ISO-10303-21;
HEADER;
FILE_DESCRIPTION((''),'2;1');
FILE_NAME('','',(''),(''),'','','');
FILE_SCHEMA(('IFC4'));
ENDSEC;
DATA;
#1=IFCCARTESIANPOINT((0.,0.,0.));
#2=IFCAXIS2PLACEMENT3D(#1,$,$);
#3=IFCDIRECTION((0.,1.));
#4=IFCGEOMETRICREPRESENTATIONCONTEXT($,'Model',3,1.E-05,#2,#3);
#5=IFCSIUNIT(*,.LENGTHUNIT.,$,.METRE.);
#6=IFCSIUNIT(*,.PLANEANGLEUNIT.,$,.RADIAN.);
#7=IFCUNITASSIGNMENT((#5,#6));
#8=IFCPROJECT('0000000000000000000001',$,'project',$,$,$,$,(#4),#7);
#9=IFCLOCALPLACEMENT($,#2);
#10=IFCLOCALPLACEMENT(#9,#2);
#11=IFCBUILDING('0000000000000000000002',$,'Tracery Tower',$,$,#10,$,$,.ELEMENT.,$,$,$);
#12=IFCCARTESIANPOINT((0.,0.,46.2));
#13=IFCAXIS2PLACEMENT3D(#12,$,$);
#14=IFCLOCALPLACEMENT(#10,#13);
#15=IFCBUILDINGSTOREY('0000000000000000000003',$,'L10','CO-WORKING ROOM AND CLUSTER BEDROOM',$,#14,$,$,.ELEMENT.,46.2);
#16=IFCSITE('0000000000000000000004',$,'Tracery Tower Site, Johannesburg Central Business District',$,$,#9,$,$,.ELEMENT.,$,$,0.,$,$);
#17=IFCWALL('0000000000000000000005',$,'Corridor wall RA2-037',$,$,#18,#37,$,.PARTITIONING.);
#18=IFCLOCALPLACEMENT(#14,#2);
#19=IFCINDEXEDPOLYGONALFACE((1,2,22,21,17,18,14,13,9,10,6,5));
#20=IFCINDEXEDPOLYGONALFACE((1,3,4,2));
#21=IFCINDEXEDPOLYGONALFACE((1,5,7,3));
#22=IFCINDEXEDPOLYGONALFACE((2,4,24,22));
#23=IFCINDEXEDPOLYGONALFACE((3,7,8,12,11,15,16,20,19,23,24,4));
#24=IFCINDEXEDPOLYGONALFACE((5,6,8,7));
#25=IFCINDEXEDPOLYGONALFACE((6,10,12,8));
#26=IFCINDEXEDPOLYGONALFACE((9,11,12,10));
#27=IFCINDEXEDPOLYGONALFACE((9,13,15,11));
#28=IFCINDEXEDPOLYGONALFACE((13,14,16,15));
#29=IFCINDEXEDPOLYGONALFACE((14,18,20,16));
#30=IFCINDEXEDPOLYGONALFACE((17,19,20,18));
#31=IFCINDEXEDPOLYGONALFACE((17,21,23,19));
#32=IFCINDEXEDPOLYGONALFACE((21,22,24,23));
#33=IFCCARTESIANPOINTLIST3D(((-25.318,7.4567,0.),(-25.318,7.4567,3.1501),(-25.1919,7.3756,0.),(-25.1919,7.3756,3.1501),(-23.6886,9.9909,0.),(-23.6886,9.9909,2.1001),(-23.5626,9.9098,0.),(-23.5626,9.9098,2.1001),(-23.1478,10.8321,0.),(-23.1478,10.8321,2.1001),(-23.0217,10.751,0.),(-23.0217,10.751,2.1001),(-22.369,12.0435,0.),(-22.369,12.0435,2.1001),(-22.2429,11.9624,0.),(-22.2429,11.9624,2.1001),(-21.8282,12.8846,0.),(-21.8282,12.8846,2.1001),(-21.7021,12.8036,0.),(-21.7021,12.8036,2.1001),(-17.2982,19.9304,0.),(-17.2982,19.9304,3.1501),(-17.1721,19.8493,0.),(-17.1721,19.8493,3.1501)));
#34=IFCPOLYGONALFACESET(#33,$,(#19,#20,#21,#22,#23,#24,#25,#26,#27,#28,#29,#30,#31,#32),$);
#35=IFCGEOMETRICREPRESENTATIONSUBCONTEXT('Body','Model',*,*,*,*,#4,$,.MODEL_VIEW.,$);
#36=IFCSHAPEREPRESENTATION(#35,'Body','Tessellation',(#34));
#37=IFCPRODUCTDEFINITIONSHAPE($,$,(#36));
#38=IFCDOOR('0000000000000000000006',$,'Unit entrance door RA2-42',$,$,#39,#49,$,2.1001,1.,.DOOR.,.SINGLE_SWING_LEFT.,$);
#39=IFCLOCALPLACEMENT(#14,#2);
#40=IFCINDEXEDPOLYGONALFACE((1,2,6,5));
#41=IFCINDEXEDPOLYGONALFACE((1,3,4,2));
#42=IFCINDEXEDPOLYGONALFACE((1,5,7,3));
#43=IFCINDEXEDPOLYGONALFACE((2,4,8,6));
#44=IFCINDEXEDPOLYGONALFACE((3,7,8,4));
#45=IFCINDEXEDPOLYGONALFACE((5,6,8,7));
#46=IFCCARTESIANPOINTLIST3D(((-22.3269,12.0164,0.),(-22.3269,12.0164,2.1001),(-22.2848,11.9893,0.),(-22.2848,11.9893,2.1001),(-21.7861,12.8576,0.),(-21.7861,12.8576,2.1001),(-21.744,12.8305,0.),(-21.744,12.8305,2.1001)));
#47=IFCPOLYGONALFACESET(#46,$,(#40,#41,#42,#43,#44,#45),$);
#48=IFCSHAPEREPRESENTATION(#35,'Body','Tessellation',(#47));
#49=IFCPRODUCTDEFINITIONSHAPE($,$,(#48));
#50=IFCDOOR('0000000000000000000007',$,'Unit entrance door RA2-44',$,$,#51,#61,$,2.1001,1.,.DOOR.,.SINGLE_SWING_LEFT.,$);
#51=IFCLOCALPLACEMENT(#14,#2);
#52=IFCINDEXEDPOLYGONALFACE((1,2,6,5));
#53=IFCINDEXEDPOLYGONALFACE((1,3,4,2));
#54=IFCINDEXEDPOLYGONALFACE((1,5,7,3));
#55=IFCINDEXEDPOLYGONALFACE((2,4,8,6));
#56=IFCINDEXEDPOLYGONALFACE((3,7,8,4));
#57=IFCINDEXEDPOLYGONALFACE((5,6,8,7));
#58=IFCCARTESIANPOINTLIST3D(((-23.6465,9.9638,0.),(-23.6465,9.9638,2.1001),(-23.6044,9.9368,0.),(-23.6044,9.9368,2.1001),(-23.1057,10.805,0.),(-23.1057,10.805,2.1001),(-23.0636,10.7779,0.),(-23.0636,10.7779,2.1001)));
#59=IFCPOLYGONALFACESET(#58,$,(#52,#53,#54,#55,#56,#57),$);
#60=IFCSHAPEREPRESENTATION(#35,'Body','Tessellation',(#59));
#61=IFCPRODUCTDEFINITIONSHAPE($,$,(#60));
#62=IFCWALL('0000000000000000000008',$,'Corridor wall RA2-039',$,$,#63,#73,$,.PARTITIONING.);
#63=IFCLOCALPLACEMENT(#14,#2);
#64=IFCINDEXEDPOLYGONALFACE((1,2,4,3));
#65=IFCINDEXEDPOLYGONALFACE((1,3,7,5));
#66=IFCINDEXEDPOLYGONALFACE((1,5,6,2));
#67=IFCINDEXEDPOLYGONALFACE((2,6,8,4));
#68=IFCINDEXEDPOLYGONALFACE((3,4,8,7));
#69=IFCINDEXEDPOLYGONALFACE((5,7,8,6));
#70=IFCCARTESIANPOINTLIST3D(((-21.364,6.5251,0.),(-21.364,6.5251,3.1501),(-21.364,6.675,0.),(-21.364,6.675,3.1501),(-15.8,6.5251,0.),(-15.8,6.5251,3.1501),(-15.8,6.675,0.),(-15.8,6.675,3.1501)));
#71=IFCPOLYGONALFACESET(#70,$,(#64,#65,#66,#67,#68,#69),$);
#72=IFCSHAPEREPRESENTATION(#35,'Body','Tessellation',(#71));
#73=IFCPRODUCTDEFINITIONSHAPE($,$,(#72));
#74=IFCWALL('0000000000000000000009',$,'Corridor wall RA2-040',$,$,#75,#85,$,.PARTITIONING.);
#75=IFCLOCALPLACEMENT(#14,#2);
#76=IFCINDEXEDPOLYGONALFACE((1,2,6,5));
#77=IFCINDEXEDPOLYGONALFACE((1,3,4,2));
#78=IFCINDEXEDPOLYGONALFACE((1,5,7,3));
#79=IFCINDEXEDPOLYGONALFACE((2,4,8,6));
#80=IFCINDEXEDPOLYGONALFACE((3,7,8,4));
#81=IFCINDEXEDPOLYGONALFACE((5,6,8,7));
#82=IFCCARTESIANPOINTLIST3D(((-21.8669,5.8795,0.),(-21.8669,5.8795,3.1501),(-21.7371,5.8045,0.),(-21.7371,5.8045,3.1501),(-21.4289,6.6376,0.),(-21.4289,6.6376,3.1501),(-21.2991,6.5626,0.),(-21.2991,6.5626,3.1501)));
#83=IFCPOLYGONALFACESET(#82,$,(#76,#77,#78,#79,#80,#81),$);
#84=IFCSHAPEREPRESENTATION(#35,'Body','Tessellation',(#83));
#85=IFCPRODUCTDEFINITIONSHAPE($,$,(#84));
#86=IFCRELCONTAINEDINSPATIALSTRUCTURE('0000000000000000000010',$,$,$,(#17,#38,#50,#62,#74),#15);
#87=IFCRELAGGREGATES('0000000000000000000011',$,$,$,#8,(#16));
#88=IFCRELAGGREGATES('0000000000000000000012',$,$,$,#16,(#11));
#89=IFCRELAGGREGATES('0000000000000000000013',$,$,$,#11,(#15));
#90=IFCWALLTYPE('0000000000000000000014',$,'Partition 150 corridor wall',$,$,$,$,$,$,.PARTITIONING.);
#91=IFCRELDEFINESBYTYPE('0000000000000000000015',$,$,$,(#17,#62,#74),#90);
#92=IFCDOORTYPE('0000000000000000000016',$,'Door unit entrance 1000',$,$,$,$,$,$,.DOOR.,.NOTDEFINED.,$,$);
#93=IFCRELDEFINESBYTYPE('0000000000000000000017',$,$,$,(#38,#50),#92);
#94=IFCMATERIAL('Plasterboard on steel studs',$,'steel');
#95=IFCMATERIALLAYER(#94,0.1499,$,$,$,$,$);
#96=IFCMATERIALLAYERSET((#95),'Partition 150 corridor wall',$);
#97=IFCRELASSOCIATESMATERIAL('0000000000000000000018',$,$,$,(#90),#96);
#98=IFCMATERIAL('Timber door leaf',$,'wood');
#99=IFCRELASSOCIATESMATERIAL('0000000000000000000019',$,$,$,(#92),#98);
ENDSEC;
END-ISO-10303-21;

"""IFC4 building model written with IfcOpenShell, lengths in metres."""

from ifc_helpers import new_model, si_unit, direction, frame, frame_2d, origin, place, context, subcontext, project, spatial, rectangle, extrude, material, layer, layer_set, type_object, element, fill, save


model = new_model("IFC4")

# Units and contexts
model_context = context("Model", 3, precision=1e-05, world=origin(), true_north=direction((0.0, 1.0)))
body_context = subcontext(model_context, "Body", "Model", "MODEL_VIEW")
ifc_project = project(units=[si_unit("LENGTHUNIT", "METRE"), si_unit("PLANEANGLEUNIT", "RADIAN")], contexts=[model_context])

# Site, building, storey
site_placement = place(None, origin())
site = spatial("IfcSite", under=ifc_project, at=site_placement, Name="Tracery Tower Site, Johannesburg Central Business District", CompositionType="ELEMENT", RefElevation=0.0)
building_placement = place(site_placement, origin())
building = spatial("IfcBuilding", under=site, at=building_placement, Name="Tracery Tower", CompositionType="ELEMENT")
storey_placement = place(building_placement, frame((0.0, 0.0, 46.2)))
storey = spatial("IfcBuildingStorey", under=building, at=storey_placement, Name="L10", Description="CO-WORKING ROOM AND CLUSTER BEDROOM", CompositionType="ELEMENT", Elevation=46.2)

# Shared definitions
ifc_material_1 = material(Name="Plasterboard on steel studs", Category="steel")
ifc_layer_1 = layer(ifc_material_1, 0.1499)
ifc_layer_set_1 = layer_set([ifc_layer_1], Name="Partition 150 corridor wall")
wall_type_1 = type_object("IfcWallType", Name="Partition 150 corridor wall", PredefinedType="PARTITIONING", material=ifc_layer_set_1)

# Wall, openings, doors
wall_1_placement = place(storey_placement, frame((-25.2549, 7.4163, 0.0), z_axis=(0.0, 0.0, 1.0), x_axis=(0.540806, 0.841147, 0.0)))
wall_1 = element("IfcWall", 1, at=wall_1_placement, inside=storey, type_object=wall_type_1, Name="Corridor wall RA2-037", PredefinedType="PARTITIONING", context=body_context, shape_type="SweptSolid", body=[
    extrude(rectangle(XDim=14.8293, YDim=0.1499, at=frame_2d((7.4146, 0.0))), origin(), (0.0, 0.0, 1.0), 3.1501),
])
opening_1_placement = place(wall_1_placement, frame((5.4529, 0.0, 0.0)))
opening_1 = element("IfcOpeningElement", 2, at=opening_1_placement, cuts=wall_1, PredefinedType="OPENING", context=body_context, shape_type="SweptSolid", body=[
    extrude(rectangle(XDim=1.0, YDim=2.1001, at=frame_2d((0.5, 1.05))), frame((0.0, 0.075, 0.0), z_axis=(0.0, -1.0, 0.0), x_axis=(1.0, 0.0, 0.0)), (0.0, 0.0, 1.0), 0.1499),
])
opening_2_placement = place(wall_1_placement, frame((3.0127, 0.0, 0.0)))
opening_2 = element("IfcOpeningElement", 3, at=opening_2_placement, cuts=wall_1, PredefinedType="OPENING", context=body_context, shape_type="SweptSolid", body=[
    extrude(rectangle(XDim=1.0, YDim=2.1001, at=frame_2d((0.5, 1.05))), frame((0.0, 0.075, 0.0), z_axis=(0.0, -1.0, 0.0), x_axis=(1.0, 0.0, 0.0)), (0.0, 0.0, 1.0), 0.1499),
])
ifc_material_2 = material(Name="Timber door leaf", Category="wood")
door_type_1 = type_object("IfcDoorType", Name="Door unit entrance 1000", OperationType="NOTDEFINED", PredefinedType="DOOR", material=ifc_material_2)
door_1_placement = place(opening_1_placement, origin())
door_1 = element("IfcDoor", 4, at=door_1_placement, inside=storey, type_object=door_type_1, Name="Unit entrance door RA2-42", OperationType="SINGLE_SWING_LEFT", OverallHeight=2.1001, OverallWidth=1.0, PredefinedType="DOOR", context=body_context, shape_type="SweptSolid", body=[
    extrude(rectangle(XDim=1.0, YDim=2.1001, at=frame_2d((0.5, 1.05))), frame((0.0, 0.0249, 0.0), z_axis=(0.0, -1.0, 0.0), x_axis=(1.0, 0.0, 0.0)), (0.0, 0.0, 1.0), 0.05),
])
fill(opening_1, door_1)
door_2_placement = place(opening_2_placement, origin())
door_2 = element("IfcDoor", 5, at=door_2_placement, inside=storey, type_object=door_type_1, Name="Unit entrance door RA2-44", OperationType="SINGLE_SWING_LEFT", OverallHeight=2.1001, OverallWidth=1.0, PredefinedType="DOOR", context=body_context, shape_type="SweptSolid", body=[
    extrude(rectangle(XDim=1.0, YDim=2.1001, at=frame_2d((0.5, 1.05))), frame((0.0, 0.0249, 0.0), z_axis=(0.0, -1.0, 0.0), x_axis=(1.0, 0.0, 0.0)), (0.0, 0.0, 1.0), 0.05),
])
fill(opening_2, door_2)

# Walls
wall_2_placement = place(storey_placement, frame((-21.364, 6.6001, 0.0), z_axis=(0.0, 0.0, 1.0), x_axis=(1.0, 0.0, 0.0)))
element("IfcWall", 6, at=wall_2_placement, inside=storey, type_object=wall_type_1, Name="Corridor wall RA2-039", PredefinedType="PARTITIONING", context=body_context, shape_type="SweptSolid", body=[
    extrude(rectangle(XDim=5.564, YDim=0.1499, at=frame_2d((2.782, 0.0))), origin(), (0.0, 0.0, 1.0), 3.1501),
])
wall_3_placement = place(storey_placement, frame((-21.802, 5.842, 0.0), z_axis=(0.0, 0.0, 1.0), x_axis=(0.500278, 0.865865, 0.0)))
element("IfcWall", 7, at=wall_3_placement, inside=storey, type_object=wall_type_1, Name="Corridor wall RA2-040", PredefinedType="PARTITIONING", context=body_context, shape_type="SweptSolid", body=[
    extrude(rectangle(XDim=0.8755, YDim=0.1499, at=frame_2d((0.4377, 0.0))), origin(), (0.0, 0.0, 1.0), 3.1501),
])

save(model, "model.ifc")
